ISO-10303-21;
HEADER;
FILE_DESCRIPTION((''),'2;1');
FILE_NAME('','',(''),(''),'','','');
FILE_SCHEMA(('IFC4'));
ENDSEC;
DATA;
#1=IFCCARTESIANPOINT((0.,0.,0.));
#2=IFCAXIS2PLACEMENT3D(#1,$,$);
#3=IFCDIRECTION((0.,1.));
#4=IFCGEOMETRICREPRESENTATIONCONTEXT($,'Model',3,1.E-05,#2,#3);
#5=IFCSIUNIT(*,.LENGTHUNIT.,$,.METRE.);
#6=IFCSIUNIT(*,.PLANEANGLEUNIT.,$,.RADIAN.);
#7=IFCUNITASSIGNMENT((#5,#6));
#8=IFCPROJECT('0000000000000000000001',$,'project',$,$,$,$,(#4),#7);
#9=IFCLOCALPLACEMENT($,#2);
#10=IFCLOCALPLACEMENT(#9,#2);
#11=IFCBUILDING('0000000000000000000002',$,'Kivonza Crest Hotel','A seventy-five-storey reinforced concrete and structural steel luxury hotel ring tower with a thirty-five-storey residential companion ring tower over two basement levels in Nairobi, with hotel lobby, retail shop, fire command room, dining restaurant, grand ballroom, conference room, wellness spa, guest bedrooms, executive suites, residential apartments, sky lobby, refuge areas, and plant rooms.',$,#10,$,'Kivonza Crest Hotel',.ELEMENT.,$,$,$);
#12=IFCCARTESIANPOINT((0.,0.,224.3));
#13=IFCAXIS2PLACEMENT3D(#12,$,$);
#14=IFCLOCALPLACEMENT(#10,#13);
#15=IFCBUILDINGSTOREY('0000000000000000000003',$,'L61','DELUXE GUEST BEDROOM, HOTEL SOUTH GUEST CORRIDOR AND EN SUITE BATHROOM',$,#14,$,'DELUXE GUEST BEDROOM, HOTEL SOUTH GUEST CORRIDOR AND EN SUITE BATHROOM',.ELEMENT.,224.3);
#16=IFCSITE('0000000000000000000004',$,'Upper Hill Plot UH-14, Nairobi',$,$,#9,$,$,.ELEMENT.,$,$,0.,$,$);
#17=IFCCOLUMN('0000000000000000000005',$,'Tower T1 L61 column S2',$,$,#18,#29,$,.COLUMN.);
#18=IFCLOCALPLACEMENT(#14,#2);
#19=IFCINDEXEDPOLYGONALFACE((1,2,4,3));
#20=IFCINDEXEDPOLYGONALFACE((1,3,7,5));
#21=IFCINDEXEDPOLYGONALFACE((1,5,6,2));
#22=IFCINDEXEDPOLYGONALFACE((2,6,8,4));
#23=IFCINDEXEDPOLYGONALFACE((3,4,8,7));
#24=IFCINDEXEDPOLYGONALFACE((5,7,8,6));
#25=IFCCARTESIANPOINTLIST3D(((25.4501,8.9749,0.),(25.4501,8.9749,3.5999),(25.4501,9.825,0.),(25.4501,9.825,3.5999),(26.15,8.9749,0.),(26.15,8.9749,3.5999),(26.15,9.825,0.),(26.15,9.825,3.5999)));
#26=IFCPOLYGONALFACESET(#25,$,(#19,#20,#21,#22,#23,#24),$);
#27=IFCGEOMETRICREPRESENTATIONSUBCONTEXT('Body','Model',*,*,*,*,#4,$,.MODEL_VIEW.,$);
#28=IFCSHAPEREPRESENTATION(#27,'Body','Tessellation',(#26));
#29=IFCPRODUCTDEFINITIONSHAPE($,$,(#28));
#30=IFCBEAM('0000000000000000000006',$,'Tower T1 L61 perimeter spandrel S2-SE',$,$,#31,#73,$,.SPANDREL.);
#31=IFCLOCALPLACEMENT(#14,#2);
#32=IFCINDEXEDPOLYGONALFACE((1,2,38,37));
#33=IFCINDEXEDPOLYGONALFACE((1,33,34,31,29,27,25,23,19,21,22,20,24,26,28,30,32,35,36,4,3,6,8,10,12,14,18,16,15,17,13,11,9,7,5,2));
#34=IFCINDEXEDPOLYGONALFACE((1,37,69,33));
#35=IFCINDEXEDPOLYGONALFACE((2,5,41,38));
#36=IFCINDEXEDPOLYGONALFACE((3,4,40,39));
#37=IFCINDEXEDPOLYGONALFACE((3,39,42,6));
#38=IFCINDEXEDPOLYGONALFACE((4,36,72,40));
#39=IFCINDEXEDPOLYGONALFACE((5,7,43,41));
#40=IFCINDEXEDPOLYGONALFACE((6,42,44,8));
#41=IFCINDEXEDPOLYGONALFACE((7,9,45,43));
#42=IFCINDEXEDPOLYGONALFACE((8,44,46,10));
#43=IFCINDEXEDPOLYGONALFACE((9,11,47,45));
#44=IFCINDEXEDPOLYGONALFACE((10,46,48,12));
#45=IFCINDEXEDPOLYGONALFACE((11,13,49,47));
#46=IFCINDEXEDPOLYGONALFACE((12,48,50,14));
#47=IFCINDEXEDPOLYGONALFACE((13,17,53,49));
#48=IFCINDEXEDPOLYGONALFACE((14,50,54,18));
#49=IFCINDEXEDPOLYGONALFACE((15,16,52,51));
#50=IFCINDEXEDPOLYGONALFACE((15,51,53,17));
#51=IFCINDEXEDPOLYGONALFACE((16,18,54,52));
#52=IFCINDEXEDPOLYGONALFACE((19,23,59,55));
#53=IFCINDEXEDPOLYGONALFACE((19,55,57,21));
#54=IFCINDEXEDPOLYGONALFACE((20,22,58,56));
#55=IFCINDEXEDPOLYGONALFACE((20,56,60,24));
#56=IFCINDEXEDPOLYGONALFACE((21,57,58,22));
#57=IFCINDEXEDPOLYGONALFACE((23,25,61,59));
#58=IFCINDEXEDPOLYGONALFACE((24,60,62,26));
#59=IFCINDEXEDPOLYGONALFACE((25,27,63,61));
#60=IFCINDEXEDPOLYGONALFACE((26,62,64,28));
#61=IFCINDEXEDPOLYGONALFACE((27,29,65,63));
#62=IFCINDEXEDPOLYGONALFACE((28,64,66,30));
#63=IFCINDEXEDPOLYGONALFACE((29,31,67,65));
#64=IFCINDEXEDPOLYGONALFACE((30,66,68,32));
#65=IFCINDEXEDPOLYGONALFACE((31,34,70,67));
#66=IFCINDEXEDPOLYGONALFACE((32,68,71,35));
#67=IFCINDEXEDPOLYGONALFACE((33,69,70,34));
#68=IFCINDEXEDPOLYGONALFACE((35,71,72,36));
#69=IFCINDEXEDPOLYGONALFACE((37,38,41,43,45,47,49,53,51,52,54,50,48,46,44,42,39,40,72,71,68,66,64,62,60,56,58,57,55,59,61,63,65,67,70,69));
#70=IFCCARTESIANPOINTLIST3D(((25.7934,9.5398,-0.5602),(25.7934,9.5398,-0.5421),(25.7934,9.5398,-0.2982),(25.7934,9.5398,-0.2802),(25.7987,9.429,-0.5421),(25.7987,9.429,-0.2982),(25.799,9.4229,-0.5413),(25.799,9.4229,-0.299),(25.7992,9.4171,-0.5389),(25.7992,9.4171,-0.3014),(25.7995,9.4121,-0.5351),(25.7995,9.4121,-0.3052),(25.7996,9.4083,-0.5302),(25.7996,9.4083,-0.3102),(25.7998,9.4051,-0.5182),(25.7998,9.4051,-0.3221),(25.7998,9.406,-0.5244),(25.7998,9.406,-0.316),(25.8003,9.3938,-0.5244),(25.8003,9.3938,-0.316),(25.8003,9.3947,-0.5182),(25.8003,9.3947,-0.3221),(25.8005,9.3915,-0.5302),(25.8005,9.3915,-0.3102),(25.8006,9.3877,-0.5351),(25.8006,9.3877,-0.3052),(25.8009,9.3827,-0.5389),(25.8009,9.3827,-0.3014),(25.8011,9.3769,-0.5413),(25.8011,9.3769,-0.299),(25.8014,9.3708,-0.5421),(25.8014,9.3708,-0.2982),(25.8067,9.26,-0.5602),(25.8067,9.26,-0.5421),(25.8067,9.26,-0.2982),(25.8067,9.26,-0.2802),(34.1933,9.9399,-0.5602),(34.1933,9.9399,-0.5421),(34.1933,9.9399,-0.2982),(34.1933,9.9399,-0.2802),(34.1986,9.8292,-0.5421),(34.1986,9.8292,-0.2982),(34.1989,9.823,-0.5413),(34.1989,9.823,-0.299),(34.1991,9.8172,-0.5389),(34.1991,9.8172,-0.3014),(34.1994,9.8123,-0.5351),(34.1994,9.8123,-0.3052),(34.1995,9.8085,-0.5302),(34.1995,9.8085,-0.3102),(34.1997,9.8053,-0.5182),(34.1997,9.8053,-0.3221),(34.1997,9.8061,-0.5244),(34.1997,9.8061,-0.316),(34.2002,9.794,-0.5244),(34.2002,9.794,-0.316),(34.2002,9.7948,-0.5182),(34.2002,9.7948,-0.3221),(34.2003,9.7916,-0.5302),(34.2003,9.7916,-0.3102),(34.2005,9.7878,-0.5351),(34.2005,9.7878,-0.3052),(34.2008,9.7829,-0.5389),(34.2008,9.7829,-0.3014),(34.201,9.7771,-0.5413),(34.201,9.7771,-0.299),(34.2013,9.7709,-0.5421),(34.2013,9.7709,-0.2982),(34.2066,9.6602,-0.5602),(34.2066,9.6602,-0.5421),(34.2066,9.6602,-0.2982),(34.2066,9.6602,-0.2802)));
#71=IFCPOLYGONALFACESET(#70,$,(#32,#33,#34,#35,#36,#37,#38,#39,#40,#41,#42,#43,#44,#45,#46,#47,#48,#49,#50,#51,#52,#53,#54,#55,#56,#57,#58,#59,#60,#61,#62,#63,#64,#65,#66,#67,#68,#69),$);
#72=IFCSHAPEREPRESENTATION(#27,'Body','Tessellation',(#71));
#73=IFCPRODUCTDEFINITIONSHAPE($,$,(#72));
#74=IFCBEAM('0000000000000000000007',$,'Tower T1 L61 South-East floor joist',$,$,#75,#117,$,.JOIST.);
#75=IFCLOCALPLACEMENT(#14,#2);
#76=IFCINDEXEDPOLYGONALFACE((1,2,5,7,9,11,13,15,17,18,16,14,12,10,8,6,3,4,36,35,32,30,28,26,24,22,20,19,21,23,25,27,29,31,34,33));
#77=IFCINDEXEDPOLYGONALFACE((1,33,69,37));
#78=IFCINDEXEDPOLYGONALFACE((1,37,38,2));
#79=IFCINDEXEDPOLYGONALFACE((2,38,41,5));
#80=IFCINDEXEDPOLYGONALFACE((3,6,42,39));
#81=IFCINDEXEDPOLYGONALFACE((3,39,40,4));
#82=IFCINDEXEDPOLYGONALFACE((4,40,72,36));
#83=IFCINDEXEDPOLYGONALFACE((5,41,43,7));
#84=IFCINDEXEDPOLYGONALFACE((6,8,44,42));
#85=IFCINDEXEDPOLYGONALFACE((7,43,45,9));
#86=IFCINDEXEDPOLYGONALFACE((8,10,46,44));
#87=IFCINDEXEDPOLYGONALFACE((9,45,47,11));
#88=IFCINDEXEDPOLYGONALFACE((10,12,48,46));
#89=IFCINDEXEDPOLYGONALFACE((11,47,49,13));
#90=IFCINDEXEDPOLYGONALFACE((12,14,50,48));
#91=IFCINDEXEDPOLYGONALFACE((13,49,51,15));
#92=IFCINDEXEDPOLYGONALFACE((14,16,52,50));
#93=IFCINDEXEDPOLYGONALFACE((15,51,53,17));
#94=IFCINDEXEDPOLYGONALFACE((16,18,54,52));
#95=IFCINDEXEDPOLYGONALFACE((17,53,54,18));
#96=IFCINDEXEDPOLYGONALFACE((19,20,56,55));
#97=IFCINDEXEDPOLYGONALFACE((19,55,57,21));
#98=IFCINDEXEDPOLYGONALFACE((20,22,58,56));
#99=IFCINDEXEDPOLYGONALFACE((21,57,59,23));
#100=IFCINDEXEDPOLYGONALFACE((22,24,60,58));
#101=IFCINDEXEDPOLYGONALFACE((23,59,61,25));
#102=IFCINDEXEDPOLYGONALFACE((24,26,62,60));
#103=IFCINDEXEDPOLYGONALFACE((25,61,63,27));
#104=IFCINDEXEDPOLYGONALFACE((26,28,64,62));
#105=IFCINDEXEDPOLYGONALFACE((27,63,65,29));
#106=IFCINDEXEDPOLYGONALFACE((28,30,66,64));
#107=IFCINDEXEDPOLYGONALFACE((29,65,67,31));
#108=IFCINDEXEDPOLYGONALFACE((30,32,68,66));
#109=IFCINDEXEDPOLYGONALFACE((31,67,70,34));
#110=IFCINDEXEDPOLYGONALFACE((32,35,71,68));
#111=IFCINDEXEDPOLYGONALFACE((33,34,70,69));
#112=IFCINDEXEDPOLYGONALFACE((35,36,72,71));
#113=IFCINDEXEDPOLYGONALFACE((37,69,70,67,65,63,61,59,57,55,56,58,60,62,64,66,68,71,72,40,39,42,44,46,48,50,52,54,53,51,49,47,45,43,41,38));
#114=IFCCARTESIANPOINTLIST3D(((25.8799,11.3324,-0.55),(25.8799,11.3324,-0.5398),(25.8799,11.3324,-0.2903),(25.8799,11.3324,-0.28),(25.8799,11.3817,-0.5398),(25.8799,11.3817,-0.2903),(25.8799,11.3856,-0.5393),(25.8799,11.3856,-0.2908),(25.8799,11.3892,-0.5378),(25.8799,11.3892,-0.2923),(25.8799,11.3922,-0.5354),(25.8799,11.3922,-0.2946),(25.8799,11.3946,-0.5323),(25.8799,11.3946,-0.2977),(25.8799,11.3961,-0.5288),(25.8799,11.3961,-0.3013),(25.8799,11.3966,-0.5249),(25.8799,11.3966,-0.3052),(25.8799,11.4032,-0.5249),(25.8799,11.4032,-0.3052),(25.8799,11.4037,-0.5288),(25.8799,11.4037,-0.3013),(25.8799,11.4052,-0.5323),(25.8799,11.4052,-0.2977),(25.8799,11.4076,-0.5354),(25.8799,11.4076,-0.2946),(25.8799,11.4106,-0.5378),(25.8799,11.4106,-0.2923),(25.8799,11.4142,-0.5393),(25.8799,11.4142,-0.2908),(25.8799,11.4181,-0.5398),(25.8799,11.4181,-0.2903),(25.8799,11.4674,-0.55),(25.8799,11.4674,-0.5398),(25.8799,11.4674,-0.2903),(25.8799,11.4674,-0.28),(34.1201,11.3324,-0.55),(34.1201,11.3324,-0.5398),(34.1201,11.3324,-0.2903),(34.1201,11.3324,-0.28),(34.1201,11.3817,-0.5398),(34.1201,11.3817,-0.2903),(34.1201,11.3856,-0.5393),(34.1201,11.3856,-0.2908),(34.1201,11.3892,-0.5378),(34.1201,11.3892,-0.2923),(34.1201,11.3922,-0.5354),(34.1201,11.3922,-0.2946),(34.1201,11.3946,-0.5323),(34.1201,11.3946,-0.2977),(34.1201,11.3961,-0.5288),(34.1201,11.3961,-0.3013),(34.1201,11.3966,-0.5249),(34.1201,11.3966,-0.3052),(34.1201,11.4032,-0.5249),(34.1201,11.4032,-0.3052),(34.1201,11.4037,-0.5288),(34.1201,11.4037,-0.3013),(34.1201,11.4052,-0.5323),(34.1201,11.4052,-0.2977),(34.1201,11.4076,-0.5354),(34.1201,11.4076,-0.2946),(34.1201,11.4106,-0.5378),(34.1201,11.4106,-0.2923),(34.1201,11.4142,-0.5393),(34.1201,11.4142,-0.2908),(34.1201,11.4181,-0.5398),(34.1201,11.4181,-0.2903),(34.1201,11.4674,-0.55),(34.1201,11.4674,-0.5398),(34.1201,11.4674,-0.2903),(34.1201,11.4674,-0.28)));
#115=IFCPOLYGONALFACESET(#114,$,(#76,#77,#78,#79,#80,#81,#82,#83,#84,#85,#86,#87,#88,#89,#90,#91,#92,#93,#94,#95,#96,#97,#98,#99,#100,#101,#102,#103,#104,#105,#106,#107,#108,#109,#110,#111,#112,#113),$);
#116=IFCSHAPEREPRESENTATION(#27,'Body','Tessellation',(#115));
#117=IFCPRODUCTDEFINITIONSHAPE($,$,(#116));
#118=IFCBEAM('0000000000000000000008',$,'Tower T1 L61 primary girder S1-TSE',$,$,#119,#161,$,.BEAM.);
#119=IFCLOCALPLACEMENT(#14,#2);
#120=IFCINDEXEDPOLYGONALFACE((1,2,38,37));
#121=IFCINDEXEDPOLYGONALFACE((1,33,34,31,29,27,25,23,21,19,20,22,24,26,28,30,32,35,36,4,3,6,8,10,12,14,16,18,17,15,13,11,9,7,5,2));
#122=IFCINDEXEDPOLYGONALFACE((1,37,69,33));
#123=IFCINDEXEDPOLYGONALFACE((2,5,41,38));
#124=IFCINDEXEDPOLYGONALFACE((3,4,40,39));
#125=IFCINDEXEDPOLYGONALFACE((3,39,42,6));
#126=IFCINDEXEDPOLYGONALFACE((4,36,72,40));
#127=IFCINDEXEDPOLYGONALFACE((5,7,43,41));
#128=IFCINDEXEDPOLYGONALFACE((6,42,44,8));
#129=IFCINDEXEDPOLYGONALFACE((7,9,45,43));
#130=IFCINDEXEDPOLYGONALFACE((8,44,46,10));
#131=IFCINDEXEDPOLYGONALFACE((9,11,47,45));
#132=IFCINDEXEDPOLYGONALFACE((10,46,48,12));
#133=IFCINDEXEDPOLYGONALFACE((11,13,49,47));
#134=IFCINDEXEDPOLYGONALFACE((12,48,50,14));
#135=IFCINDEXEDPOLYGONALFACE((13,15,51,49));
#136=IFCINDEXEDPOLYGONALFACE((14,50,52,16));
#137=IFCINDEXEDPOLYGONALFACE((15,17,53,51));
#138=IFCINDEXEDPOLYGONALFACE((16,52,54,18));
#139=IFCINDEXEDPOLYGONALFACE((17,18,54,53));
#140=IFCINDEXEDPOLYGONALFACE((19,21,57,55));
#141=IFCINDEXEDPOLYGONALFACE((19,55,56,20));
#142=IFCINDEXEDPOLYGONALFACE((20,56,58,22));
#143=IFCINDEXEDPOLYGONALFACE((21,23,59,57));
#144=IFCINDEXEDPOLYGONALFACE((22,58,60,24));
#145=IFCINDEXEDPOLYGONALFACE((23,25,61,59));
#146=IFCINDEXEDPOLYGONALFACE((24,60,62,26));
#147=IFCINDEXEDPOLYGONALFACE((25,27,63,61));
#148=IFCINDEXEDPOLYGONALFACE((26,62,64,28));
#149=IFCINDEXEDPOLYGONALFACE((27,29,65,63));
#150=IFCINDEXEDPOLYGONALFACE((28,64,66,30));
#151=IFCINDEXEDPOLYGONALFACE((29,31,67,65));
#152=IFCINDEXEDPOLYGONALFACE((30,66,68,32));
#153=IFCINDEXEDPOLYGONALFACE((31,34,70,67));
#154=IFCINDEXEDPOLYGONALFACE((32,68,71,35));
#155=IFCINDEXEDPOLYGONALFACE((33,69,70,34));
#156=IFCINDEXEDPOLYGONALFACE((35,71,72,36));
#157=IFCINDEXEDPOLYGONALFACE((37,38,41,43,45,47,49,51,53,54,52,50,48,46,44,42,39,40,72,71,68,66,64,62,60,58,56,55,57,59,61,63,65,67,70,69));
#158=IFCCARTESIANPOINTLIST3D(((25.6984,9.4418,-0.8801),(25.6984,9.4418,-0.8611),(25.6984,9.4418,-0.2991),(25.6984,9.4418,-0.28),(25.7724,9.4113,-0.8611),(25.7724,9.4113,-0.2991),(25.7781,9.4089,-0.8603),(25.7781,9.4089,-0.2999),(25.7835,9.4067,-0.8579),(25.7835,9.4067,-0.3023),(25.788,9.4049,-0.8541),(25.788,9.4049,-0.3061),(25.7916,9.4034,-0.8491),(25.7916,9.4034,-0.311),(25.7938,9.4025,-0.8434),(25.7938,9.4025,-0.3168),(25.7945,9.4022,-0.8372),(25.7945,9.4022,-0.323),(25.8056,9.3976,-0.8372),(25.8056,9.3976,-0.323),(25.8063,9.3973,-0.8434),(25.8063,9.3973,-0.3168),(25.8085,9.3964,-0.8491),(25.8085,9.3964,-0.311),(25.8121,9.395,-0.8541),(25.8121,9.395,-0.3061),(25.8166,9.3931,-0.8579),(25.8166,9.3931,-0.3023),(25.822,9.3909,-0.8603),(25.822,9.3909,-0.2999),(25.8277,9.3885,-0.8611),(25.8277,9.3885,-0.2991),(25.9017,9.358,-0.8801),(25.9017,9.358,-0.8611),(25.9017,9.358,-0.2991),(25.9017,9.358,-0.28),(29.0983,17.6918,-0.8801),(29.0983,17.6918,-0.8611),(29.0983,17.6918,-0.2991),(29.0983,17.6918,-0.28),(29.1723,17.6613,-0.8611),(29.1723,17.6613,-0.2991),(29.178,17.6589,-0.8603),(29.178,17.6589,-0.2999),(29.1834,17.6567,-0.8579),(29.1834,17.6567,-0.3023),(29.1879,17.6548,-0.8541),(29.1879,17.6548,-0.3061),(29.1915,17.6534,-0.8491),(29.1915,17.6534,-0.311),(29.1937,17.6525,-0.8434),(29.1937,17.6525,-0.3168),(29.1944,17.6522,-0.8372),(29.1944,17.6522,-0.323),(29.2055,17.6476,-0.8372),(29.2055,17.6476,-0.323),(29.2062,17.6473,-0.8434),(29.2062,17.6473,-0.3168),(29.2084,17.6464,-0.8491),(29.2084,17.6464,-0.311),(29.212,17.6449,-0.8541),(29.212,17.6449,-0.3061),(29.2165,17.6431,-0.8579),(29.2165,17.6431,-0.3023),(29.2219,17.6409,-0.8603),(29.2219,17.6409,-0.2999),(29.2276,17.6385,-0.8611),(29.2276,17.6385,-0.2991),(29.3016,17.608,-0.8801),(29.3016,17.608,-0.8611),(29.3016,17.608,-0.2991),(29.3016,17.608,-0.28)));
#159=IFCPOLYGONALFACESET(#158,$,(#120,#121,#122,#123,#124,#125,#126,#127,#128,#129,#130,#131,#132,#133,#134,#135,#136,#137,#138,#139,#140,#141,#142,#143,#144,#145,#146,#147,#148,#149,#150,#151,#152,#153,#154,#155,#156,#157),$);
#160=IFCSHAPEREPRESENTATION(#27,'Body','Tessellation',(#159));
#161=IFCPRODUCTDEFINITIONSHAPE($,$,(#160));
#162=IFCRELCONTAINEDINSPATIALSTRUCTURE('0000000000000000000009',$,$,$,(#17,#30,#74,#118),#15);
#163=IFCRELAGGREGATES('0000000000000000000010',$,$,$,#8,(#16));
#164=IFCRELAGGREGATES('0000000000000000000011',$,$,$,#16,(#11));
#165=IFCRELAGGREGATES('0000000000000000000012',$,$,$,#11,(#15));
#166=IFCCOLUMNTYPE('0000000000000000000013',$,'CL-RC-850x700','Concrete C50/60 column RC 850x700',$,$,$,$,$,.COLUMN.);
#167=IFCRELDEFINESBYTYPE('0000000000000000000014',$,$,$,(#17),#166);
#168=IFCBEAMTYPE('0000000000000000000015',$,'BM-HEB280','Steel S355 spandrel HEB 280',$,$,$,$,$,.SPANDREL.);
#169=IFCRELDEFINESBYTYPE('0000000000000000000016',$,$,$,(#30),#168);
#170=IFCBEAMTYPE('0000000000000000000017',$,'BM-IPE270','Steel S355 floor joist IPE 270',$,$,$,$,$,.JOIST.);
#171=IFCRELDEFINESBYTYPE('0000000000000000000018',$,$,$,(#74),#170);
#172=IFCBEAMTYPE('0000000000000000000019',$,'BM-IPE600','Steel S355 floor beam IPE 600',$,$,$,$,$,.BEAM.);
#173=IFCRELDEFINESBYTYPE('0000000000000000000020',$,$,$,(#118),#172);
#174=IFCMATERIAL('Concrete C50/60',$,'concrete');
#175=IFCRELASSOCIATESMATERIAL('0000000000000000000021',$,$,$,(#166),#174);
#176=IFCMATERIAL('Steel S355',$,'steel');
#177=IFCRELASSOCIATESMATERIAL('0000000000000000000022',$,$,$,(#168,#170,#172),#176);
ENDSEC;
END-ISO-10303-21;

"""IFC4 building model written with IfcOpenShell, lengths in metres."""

from ifc_helpers import new_model, si_unit, direction, frame, origin, origin_2d, place, context, subcontext, project, spatial, rectangle, i_section, extrude, material, material_profile, profile_set, type_object, element, save


model = new_model("IFC4")

# Units and contexts
model_context = context("Model", 3, precision=1e-05, world=origin(), true_north=direction((0.0, 1.0)))
body_context = subcontext(model_context, "Body", "Model", "MODEL_VIEW")
ifc_project = project(units=[si_unit("LENGTHUNIT", "METRE"), si_unit("PLANEANGLEUNIT", "RADIAN")], contexts=[model_context])

# Site, building, storey
site_placement = place(None, origin())
site = spatial("IfcSite", under=ifc_project, at=site_placement, Name="Upper Hill Plot UH-14, Nairobi", CompositionType="ELEMENT", RefElevation=0.0)
building_placement = place(site_placement, origin())
building = spatial("IfcBuilding", under=site, at=building_placement, Name="Kivonza Crest Hotel", Description="A seventy-five-storey reinforced concrete and structural steel luxury hotel ring tower with a thirty-five-storey residential companion ring tower over two basement levels in Nairobi, with hotel lobby, retail shop, fire command room, dining restaurant, grand ballroom, conference room, wellness spa, guest bedrooms, executive suites, residential apartments, sky lobby, refuge areas, and plant rooms.", LongName="Kivonza Crest Hotel", CompositionType="ELEMENT")
storey_placement = place(building_placement, frame((0.0, 0.0, 224.3)))
storey = spatial("IfcBuildingStorey", under=building, at=storey_placement, Name="L61", Description="DELUXE GUEST BEDROOM, HOTEL SOUTH GUEST CORRIDOR AND EN SUITE BATHROOM", LongName="DELUXE GUEST BEDROOM, HOTEL SOUTH GUEST CORRIDOR AND EN SUITE BATHROOM", CompositionType="ELEMENT", Elevation=224.3)

# Column
ifc_material_1 = material(Name="Concrete C50/60", Category="concrete")
ifc_material_profile_1 = material_profile(ifc_material_1, rectangle(XDim=0.7, YDim=0.8501, at=origin_2d()), Name="RC 850x700")
ifc_profile_set_1 = profile_set([ifc_material_profile_1], Name="Concrete C50/60")
column_type = type_object("IfcColumnType", Name="CL-RC-850x700", Description="Concrete C50/60 column RC 850x700", PredefinedType="COLUMN", material=ifc_profile_set_1)
column_placement = place(storey_placement, frame((25.8, 9.3999, 0.0), z_axis=(0.0, 0.0, 1.0), x_axis=(1.0, 0.0, 0.0)))
element("IfcColumn", 1, at=column_placement, inside=storey, type_object=column_type, Name="Tower T1 L61 column S2", PredefinedType="COLUMN", context=body_context, shape_type="SweptSolid", body=[
    extrude(rectangle(XDim=0.7, YDim=0.8501, at=origin_2d()), origin(), (0.0, 0.0, 1.0), 3.5999),
])

# Beams
ifc_material_2 = material(Name="Steel S355", Category="steel")
ifc_material_profile_2 = material_profile(ifc_material_2, i_section(OverallWidth=0.28, OverallDepth=0.28, WebThickness=0.0105, FlangeThickness=0.0181, FilletRadius=0.0239, at=origin_2d()), Name="HEB 280")
ifc_profile_set_2 = profile_set([ifc_material_profile_2], Name="Steel S355")
beam_type_1 = type_object("IfcBeamType", Name="BM-HEB280", Description="Steel S355 spandrel HEB 280", PredefinedType="SPANDREL", material=ifc_profile_set_2)
beam_1_placement = place(storey_placement, frame((25.8, 9.3999, -0.4202), z_axis=(0.998867, 0.047583, 0.0), x_axis=(-0.047583, 0.998867, 0.0)))
element("IfcBeam", 2, at=beam_1_placement, inside=storey, type_object=beam_type_1, Name="Tower T1 L61 perimeter spandrel S2-SE", PredefinedType="SPANDREL", context=body_context, shape_type="SweptSolid", body=[
    extrude(i_section(OverallWidth=0.28, OverallDepth=0.28, WebThickness=0.0105, FlangeThickness=0.0181, FilletRadius=0.0239, at=origin_2d()), origin(), (0.0, 0.0, 1.0), 8.4094),
])
ifc_material_profile_3 = material_profile(ifc_material_2, i_section(OverallWidth=0.135, OverallDepth=0.27, WebThickness=0.0066, FlangeThickness=0.0103, FilletRadius=0.0149, at=origin_2d()), Name="IPE 270")
ifc_profile_set_3 = profile_set([ifc_material_profile_3], Name="Steel S355")
beam_type_2 = type_object("IfcBeamType", Name="BM-IPE270", Description="Steel S355 floor joist IPE 270", PredefinedType="JOIST", material=ifc_profile_set_3)
beam_2_placement = place(storey_placement, frame((25.8799, 11.3999, -0.415), z_axis=(1.0, 0.0, 0.0), x_axis=(0.0, 1.0, 0.0)))
element("IfcBeam", 3, at=beam_2_placement, inside=storey, type_object=beam_type_2, Name="Tower T1 L61 South-East floor joist", PredefinedType="JOIST", context=body_context, shape_type="SweptSolid", body=[
    extrude(i_section(OverallWidth=0.135, OverallDepth=0.27, WebThickness=0.0066, FlangeThickness=0.0103, FilletRadius=0.0149, at=origin_2d()), origin(), (0.0, 0.0, 1.0), 8.2402),
])
ifc_material_profile_4 = material_profile(ifc_material_2, i_section(OverallWidth=0.22, OverallDepth=0.6001, WebThickness=0.012, FlangeThickness=0.019, FilletRadius=0.0239, at=origin_2d()), Name="IPE 600")
ifc_profile_set_4 = profile_set([ifc_material_profile_4], Name="Steel S355")
beam_type_3 = type_object("IfcBeamType", Name="BM-IPE600", Description="Steel S355 floor beam IPE 600", PredefinedType="BEAM", material=ifc_profile_set_4)
beam_3_placement = place(storey_placement, frame((25.8, 9.3999, -0.5801), z_axis=(0.381022, 0.924566, 0.0), x_axis=(-0.924566, 0.381022, 0.0)))
element("IfcBeam", 4, at=beam_3_placement, inside=storey, type_object=beam_type_3, Name="Tower T1 L61 primary girder S1-TSE", PredefinedType="BEAM", context=body_context, shape_type="SweptSolid", body=[
    extrude(i_section(OverallWidth=0.22, OverallDepth=0.6001, WebThickness=0.012, FlangeThickness=0.019, FilletRadius=0.0239, at=origin_2d()), origin(), (0.0, 0.0, 1.0), 8.9231),
])

save(model, "model.ifc")
